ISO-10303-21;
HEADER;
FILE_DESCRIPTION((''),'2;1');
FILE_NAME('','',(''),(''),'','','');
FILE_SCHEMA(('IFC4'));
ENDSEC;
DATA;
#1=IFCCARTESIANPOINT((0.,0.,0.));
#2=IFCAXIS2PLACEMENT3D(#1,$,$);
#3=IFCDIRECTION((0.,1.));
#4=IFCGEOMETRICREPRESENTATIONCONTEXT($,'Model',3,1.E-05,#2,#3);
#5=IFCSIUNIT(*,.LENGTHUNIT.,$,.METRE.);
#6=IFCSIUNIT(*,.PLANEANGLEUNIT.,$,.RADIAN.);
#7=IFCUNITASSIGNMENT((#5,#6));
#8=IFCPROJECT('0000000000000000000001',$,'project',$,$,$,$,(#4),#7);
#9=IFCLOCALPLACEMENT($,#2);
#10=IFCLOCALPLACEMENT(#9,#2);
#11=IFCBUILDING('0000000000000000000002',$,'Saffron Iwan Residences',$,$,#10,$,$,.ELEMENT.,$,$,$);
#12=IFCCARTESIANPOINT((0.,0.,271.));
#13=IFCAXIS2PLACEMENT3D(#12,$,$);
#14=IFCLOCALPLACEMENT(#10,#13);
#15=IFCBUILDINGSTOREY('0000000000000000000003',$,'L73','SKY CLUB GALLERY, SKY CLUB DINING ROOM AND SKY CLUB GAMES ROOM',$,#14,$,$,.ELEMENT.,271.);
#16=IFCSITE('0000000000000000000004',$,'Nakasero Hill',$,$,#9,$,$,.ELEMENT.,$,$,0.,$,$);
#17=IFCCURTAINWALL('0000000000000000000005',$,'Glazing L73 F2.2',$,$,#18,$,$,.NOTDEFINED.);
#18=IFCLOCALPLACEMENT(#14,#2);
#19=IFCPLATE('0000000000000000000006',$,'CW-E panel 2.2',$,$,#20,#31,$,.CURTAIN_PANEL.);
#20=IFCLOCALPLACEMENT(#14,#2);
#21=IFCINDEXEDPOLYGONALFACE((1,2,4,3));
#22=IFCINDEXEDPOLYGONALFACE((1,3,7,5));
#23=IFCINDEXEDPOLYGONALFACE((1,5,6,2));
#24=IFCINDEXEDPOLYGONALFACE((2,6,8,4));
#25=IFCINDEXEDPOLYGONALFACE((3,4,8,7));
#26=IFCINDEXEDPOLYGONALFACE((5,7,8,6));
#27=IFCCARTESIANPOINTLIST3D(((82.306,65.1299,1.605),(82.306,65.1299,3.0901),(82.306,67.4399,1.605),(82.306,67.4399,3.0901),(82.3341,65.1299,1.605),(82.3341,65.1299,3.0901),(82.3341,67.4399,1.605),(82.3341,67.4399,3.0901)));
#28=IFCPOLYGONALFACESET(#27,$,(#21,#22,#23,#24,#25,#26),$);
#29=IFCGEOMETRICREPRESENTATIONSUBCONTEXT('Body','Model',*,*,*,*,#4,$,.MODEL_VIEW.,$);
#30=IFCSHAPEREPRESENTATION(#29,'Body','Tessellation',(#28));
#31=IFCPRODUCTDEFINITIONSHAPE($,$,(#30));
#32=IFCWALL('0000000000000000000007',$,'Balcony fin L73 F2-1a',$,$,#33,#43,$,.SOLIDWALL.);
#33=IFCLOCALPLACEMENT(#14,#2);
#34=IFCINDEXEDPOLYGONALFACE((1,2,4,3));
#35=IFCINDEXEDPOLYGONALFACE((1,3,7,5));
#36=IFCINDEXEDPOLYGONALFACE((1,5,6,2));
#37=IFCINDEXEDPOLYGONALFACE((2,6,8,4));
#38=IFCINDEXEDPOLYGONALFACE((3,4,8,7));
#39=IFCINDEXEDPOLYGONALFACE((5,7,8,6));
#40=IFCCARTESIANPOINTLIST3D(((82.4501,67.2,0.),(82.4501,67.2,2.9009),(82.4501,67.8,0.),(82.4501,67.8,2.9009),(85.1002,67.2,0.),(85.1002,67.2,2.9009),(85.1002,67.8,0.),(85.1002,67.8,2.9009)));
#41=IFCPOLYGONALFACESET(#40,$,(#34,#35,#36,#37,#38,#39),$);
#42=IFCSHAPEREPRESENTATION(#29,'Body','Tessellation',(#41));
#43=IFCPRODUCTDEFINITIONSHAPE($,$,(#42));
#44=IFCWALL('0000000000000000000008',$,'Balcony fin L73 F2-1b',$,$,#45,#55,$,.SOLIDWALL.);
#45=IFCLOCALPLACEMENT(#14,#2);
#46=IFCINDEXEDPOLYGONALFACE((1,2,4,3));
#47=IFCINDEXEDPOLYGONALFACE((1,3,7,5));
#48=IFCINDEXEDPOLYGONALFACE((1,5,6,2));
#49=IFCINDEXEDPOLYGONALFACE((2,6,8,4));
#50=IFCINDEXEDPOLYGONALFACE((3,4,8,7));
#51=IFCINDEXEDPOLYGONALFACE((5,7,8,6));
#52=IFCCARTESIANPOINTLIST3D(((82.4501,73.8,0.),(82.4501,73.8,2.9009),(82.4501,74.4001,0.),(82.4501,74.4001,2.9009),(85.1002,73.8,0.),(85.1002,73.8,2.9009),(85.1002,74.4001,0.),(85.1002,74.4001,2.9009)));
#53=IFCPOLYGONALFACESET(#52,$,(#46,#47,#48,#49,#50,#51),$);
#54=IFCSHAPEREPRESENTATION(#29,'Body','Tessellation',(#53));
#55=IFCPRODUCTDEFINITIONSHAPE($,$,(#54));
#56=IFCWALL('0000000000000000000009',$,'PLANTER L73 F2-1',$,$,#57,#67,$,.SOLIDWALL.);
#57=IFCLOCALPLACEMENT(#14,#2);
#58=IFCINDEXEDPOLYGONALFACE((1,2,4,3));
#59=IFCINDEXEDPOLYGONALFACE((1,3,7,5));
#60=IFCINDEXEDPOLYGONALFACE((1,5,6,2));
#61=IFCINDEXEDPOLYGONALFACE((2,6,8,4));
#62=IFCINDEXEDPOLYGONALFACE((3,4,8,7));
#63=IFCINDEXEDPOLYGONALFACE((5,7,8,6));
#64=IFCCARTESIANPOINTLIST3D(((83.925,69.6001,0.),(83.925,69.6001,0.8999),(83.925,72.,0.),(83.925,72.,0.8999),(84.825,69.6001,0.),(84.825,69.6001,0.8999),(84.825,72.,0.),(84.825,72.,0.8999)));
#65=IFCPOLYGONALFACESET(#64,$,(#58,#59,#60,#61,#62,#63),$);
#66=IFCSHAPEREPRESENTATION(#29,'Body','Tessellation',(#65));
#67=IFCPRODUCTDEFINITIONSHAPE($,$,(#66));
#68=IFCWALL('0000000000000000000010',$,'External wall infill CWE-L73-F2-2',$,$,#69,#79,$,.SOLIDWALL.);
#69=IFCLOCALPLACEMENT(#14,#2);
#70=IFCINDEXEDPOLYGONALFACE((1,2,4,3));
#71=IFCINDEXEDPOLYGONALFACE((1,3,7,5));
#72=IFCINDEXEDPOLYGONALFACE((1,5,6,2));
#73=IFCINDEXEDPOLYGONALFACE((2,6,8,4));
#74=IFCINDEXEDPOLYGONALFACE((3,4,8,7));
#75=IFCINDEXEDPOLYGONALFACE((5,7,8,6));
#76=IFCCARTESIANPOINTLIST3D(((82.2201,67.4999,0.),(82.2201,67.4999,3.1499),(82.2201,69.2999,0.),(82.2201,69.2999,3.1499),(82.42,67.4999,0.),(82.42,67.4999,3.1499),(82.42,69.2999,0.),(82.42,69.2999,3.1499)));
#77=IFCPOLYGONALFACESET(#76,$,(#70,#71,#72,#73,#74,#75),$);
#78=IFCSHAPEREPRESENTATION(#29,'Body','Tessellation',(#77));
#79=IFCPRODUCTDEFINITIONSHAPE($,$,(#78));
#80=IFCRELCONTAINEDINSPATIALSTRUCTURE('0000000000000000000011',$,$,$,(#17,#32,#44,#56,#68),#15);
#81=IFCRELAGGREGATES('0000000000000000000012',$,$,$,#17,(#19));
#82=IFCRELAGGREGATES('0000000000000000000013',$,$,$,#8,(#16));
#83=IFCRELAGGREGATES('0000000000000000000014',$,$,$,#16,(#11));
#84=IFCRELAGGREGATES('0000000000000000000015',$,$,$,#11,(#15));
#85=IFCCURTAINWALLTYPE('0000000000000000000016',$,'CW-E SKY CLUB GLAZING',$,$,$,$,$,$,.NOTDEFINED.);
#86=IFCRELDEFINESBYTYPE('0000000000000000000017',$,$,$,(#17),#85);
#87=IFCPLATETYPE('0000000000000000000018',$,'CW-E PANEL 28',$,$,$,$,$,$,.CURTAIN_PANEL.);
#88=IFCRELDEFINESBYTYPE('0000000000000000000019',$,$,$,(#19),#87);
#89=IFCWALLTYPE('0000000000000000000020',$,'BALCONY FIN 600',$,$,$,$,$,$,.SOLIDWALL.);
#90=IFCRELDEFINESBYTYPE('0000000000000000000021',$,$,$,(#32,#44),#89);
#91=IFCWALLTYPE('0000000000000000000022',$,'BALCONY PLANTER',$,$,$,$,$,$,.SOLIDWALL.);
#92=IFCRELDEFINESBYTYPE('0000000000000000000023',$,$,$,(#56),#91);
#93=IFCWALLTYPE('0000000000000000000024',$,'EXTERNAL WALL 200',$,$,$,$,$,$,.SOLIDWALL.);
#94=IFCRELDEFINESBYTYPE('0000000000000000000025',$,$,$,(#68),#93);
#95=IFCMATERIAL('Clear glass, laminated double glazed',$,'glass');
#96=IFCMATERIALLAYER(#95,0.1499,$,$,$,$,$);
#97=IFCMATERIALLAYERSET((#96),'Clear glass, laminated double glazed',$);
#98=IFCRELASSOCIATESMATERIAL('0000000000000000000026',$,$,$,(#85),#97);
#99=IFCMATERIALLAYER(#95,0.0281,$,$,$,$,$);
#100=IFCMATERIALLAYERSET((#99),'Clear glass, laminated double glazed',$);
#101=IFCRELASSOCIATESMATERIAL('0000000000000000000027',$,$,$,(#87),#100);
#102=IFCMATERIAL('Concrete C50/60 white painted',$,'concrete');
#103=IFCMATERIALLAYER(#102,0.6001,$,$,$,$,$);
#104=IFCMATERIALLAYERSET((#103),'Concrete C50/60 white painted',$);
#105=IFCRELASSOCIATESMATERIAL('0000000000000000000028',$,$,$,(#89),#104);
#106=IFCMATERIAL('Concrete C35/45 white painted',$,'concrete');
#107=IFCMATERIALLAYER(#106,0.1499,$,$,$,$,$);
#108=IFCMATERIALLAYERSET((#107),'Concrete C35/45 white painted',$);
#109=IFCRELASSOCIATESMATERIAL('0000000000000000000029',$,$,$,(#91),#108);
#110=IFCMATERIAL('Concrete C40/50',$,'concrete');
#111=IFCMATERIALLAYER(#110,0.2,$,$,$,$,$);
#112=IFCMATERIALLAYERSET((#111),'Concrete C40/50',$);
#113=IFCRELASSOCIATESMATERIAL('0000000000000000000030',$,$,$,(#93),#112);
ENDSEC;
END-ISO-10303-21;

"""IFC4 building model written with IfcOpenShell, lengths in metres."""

from ifc_helpers import new_model, si_unit, direction, frame, frame_2d, origin, origin_2d, place, context, subcontext, project, spatial, rectangle, extrude, source, transform, mapped, material, layer, layer_set, type_object, element, aggregate, save


model = new_model("IFC4")

# Units and contexts
model_context = context("Model", 3, precision=1e-05, world=origin(), true_north=direction((0.0, 1.0)))
body_context = subcontext(model_context, "Body", "Model", "MODEL_VIEW")
ifc_project = project(units=[si_unit("LENGTHUNIT", "METRE"), si_unit("PLANEANGLEUNIT", "RADIAN")], contexts=[model_context])

# Site, building, storey
site_placement = place(None, origin())
site = spatial("IfcSite", under=ifc_project, at=site_placement, Name="Nakasero Hill", CompositionType="ELEMENT", RefElevation=0.0)
building_placement = place(site_placement, origin())
building = spatial("IfcBuilding", under=site, at=building_placement, Name="Saffron Iwan Residences", CompositionType="ELEMENT")
storey_placement = place(building_placement, frame((0.0, 0.0, 271.0)))
storey = spatial("IfcBuildingStorey", under=building, at=storey_placement, Name="L73", Description="SKY CLUB GALLERY, SKY CLUB DINING ROOM AND SKY CLUB GAMES ROOM", CompositionType="ELEMENT", Elevation=271.0)

# Shared definitions
ifc_material_1 = material(Name="Concrete C50/60 white painted", Category="concrete")

# Curtain wall
ifc_material_2 = material(Name="Clear glass, laminated double glazed", Category="glass")
ifc_layer_1 = layer(ifc_material_2, 0.1499)
ifc_layer_set_1 = layer_set([ifc_layer_1], Name="Clear glass, laminated double glazed")
curtain_wall_type = type_object("IfcCurtainWallType", Name="CW-E SKY CLUB GLAZING", PredefinedType="NOTDEFINED", material=ifc_layer_set_1)
curtain_wall_1_placement = place(storey_placement, origin())
curtain_wall_1 = element("IfcCurtainWall", 1, at=curtain_wall_1_placement, inside=storey, type_object=curtain_wall_type, Name="Glazing L73 F2.2", PredefinedType="NOTDEFINED")

# Plate
ifc_layer_2 = layer(ifc_material_2, 0.0281)
ifc_layer_set_2 = layer_set([ifc_layer_2], Name="Clear glass, laminated double glazed")
plate_type = type_object("IfcPlateType", Name="CW-E PANEL 28", PredefinedType="CURTAIN_PANEL", material=ifc_layer_set_2)
shared_shape_1 = source(origin(), body_context, "Body", "SweptSolid", [
    extrude(rectangle(XDim=2.3101, YDim=0.0281, at=origin_2d()), origin(), (0.0, 0.0, 1.0), 1.4851),
])
plate_1_placement = place(storey_placement, frame((82.3201, 66.2849, 1.605), z_axis=(0.0, 0.0, 1.0), x_axis=(0.0, 1.0, 0.0)))
plate_1 = element("IfcPlate", 2, at=plate_1_placement, type_object=plate_type, Name="CW-E panel 2.2", PredefinedType="CURTAIN_PANEL", context=body_context, shape_type="MappedRepresentation", body=[
    mapped(shared_shape_1, transform((0.0, 0.0, 0.0))),
])
aggregate(curtain_wall_1, [plate_1])

# Walls
ifc_layer_3 = layer(ifc_material_1, 0.6001)
ifc_layer_set_3 = layer_set([ifc_layer_3], Name="Concrete C50/60 white painted")
wall_type_1 = type_object("IfcWallType", Name="BALCONY FIN 600", PredefinedType="SOLIDWALL", material=ifc_layer_set_3)
for number, where, z_axis, x_axis, name in (
    (3, (82.45, 67.5, 0.0), (0.0, 0.0, 1.0), (1.0, 0.0, 0.0), "Balcony fin L73 F2-1a"),
    (4, (82.45, 74.1001, 0.0), (0.0, 0.0, 1.0), (1.0, 0.0, 0.0), "Balcony fin L73 F2-1b"),
):
    element("IfcWall", number, at=place(storey_placement, frame(where, z_axis=z_axis, x_axis=x_axis)), inside=storey, type_object=wall_type_1, Name=name, PredefinedType="SOLIDWALL", context=body_context, shape_type="SweptSolid", body=[
        extrude(rectangle(XDim=2.6501, YDim=0.6001, at=frame_2d((1.3252, 0.0))), origin(), (0.0, 0.0, 1.0), 2.9009),
    ])
ifc_material_3 = material(Name="Concrete C35/45 white painted", Category="concrete")
ifc_layer_4 = layer(ifc_material_3, 0.1499)
ifc_layer_set_4 = layer_set([ifc_layer_4], Name="Concrete C35/45 white painted")
wall_type_2 = type_object("IfcWallType", Name="BALCONY PLANTER", PredefinedType="SOLIDWALL", material=ifc_layer_set_4)
wall_1_placement = place(storey_placement, frame((84.375, 69.6001, 0.0), z_axis=(0.0, 0.0, 1.0), x_axis=(0.0, 1.0, 0.0)))
element("IfcWall", 5, at=wall_1_placement, inside=storey, type_object=wall_type_2, Name="PLANTER L73 F2-1", PredefinedType="SOLIDWALL", context=body_context, shape_type="SweptSolid", body=[
    extrude(rectangle(XDim=2.3999, YDim=0.8999, at=frame_2d((1.2, 0.0))), origin(), (0.0, 0.0, 1.0), 0.8999),
])
ifc_material_4 = material(Name="Concrete C40/50", Category="concrete")
ifc_layer_5 = layer(ifc_material_4, 0.2)
ifc_layer_set_5 = layer_set([ifc_layer_5], Name="Concrete C40/50")
wall_type_3 = type_object("IfcWallType", Name="EXTERNAL WALL 200", PredefinedType="SOLIDWALL", material=ifc_layer_set_5)
wall_2_placement = place(storey_placement, frame((82.3201, 67.5, 0.0), z_axis=(0.0, 0.0, 1.0), x_axis=(0.0, 1.0, 0.0)))
element("IfcWall", 6, at=wall_2_placement, inside=storey, type_object=wall_type_3, Name="External wall infill CWE-L73-F2-2", PredefinedType="SOLIDWALL", context=body_context, shape_type="SweptSolid", body=[
    extrude(rectangle(XDim=1.8, YDim=0.2, at=frame_2d((0.8999, 0.0))), origin(), (0.0, 0.0, 1.0), 3.1499),
])

save(model, "model.ifc")
